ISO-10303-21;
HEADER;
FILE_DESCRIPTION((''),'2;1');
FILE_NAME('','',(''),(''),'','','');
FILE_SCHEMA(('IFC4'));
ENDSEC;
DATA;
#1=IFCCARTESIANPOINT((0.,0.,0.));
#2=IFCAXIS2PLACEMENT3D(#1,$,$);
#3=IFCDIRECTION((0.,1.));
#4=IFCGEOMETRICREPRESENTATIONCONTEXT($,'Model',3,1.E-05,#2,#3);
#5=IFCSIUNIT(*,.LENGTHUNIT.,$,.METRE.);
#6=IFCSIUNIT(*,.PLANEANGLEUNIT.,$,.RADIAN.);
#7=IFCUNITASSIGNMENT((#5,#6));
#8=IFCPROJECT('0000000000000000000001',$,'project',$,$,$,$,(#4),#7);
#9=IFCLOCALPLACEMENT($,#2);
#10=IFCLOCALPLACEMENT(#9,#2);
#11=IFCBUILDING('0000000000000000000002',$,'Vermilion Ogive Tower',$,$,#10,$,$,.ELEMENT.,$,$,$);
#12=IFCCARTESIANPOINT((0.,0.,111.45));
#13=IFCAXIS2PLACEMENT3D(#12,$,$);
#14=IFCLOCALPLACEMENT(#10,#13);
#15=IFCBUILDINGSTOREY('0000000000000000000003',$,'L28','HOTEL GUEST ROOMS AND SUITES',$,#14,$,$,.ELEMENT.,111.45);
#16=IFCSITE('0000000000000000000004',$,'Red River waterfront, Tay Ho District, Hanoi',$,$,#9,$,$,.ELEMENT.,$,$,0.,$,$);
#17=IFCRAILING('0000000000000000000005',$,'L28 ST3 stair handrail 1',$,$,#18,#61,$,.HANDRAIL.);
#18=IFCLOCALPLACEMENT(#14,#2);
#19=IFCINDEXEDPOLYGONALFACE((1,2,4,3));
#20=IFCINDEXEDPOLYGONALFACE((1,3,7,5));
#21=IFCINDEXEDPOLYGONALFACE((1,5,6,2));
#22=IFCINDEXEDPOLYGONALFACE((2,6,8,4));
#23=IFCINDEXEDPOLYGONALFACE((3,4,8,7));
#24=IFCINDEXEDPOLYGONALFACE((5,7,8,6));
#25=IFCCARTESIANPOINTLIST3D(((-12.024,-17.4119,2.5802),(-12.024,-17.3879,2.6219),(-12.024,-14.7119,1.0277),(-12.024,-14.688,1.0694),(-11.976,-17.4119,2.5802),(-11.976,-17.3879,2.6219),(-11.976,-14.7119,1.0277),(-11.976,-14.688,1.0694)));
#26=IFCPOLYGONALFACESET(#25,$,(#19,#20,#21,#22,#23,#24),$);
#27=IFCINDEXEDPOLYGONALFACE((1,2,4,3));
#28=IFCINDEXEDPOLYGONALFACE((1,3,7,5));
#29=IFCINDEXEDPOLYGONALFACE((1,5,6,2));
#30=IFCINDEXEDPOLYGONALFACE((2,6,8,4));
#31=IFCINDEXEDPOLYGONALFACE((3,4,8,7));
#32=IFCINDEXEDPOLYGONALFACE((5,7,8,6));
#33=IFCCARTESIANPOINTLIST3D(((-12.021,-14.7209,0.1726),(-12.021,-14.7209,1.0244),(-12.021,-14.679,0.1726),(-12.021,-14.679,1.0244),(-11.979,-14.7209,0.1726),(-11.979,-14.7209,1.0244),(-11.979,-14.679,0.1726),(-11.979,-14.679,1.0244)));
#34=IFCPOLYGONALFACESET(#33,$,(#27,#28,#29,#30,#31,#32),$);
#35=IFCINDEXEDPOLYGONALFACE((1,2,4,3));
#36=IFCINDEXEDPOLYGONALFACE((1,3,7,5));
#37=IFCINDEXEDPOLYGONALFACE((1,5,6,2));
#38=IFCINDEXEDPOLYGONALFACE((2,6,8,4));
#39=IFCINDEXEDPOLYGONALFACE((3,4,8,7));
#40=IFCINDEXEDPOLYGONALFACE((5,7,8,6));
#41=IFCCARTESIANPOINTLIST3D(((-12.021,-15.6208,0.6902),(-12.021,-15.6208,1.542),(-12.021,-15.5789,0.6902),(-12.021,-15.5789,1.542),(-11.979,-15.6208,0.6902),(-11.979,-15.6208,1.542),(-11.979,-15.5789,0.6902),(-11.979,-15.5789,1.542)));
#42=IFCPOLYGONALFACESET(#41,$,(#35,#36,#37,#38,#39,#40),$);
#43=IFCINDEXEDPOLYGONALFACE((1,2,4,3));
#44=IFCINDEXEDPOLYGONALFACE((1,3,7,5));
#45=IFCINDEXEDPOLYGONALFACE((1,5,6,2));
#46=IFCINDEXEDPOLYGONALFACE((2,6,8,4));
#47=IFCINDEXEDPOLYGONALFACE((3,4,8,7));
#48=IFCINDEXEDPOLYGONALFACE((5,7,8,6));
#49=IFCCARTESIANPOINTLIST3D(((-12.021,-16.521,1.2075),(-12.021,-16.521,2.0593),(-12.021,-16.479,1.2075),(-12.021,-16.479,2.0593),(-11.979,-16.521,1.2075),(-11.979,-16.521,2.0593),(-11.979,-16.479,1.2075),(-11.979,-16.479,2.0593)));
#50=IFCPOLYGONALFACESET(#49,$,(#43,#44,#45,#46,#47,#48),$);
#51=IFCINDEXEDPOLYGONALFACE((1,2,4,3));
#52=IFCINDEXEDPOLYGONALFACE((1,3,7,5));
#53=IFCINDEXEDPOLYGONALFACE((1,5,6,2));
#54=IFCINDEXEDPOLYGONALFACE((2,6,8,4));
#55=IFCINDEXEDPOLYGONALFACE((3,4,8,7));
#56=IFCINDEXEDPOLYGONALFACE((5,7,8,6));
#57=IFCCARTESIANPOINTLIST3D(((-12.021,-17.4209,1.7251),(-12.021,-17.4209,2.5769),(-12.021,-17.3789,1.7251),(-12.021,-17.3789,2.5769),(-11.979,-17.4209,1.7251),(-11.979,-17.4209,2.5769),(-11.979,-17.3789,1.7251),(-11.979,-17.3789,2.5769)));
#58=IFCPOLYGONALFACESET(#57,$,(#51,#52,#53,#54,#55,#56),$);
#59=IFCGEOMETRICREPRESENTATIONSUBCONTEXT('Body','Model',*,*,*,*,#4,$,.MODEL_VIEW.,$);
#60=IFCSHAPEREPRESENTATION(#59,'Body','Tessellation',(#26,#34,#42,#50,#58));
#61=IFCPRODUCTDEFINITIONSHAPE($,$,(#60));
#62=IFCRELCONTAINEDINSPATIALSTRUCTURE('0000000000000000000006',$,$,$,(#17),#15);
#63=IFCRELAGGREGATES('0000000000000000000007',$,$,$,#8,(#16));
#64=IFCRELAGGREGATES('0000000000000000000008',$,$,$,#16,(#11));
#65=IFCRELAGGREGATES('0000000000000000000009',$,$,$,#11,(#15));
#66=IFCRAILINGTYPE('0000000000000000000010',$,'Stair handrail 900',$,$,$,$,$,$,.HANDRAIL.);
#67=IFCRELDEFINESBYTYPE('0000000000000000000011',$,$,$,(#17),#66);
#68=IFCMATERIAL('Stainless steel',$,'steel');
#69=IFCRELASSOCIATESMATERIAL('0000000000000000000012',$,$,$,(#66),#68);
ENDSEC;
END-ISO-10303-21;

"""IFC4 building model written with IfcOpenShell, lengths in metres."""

from ifc_helpers import new_model, si_unit, direction, frame, origin, origin_2d, place, context, subcontext, project, spatial, rectangle, extrude, material, type_object, element, save


model = new_model("IFC4")

# Units and contexts
model_context = context("Model", 3, precision=1e-05, world=origin(), true_north=direction((0.0, 1.0)))
body_context = subcontext(model_context, "Body", "Model", "MODEL_VIEW")
ifc_project = project(units=[si_unit("LENGTHUNIT", "METRE"), si_unit("PLANEANGLEUNIT", "RADIAN")], contexts=[model_context])

# Site, building, storey
site_placement = place(None, origin())
site = spatial("IfcSite", under=ifc_project, at=site_placement, Name="Red River waterfront, Tay Ho District, Hanoi", CompositionType="ELEMENT", RefElevation=0.0)
building_placement = place(site_placement, origin())
building = spatial("IfcBuilding", under=site, at=building_placement, Name="Vermilion Ogive Tower", CompositionType="ELEMENT")
storey_placement = place(building_placement, frame((0.0, 0.0, 111.45)))
storey = spatial("IfcBuildingStorey", under=building, at=storey_placement, Name="L28", Description="HOTEL GUEST ROOMS AND SUITES", CompositionType="ELEMENT", Elevation=111.45)

# Railing
ifc_material_1 = material(Name="Stainless steel", Category="steel")
railing_type_1 = type_object("IfcRailingType", Name="Stair handrail 900", PredefinedType="HANDRAIL", material=ifc_material_1)
railing_1_placement = place(storey_placement, frame((-12.0, -14.7, 0.1726)))
element("IfcRailing", 1, at=railing_1_placement, inside=storey, type_object=railing_type_1, Name="L28 ST3 stair handrail 1", PredefinedType="HANDRAIL", context=body_context, shape_type="SweptSolid", body=[
    extrude(rectangle(XDim=0.0481, YDim=0.0481, at=origin_2d()), frame((0.0, 0.0, 0.876), z_axis=(0.0, -0.866904, 0.498476), x_axis=(1.0, 0.0, 0.0)), (0.0, 0.0, 1.0), 3.1145),
    extrude(rectangle(XDim=0.042, YDim=0.042, at=origin_2d()), origin(), (0.0, 0.0, 1.0), 0.8518),
    extrude(rectangle(XDim=0.042, YDim=0.042, at=origin_2d()), frame((0.0, -0.8999, 0.5176)), (0.0, 0.0, 1.0), 0.8518),
    extrude(rectangle(XDim=0.042, YDim=0.042, at=origin_2d()), frame((0.0, -1.8, 1.0349)), (0.0, 0.0, 1.0), 0.8518),
    extrude(rectangle(XDim=0.042, YDim=0.042, at=origin_2d()), frame((0.0, -2.7, 1.5525)), (0.0, 0.0, 1.0), 0.8518),
])

save(model, "model.ifc")
